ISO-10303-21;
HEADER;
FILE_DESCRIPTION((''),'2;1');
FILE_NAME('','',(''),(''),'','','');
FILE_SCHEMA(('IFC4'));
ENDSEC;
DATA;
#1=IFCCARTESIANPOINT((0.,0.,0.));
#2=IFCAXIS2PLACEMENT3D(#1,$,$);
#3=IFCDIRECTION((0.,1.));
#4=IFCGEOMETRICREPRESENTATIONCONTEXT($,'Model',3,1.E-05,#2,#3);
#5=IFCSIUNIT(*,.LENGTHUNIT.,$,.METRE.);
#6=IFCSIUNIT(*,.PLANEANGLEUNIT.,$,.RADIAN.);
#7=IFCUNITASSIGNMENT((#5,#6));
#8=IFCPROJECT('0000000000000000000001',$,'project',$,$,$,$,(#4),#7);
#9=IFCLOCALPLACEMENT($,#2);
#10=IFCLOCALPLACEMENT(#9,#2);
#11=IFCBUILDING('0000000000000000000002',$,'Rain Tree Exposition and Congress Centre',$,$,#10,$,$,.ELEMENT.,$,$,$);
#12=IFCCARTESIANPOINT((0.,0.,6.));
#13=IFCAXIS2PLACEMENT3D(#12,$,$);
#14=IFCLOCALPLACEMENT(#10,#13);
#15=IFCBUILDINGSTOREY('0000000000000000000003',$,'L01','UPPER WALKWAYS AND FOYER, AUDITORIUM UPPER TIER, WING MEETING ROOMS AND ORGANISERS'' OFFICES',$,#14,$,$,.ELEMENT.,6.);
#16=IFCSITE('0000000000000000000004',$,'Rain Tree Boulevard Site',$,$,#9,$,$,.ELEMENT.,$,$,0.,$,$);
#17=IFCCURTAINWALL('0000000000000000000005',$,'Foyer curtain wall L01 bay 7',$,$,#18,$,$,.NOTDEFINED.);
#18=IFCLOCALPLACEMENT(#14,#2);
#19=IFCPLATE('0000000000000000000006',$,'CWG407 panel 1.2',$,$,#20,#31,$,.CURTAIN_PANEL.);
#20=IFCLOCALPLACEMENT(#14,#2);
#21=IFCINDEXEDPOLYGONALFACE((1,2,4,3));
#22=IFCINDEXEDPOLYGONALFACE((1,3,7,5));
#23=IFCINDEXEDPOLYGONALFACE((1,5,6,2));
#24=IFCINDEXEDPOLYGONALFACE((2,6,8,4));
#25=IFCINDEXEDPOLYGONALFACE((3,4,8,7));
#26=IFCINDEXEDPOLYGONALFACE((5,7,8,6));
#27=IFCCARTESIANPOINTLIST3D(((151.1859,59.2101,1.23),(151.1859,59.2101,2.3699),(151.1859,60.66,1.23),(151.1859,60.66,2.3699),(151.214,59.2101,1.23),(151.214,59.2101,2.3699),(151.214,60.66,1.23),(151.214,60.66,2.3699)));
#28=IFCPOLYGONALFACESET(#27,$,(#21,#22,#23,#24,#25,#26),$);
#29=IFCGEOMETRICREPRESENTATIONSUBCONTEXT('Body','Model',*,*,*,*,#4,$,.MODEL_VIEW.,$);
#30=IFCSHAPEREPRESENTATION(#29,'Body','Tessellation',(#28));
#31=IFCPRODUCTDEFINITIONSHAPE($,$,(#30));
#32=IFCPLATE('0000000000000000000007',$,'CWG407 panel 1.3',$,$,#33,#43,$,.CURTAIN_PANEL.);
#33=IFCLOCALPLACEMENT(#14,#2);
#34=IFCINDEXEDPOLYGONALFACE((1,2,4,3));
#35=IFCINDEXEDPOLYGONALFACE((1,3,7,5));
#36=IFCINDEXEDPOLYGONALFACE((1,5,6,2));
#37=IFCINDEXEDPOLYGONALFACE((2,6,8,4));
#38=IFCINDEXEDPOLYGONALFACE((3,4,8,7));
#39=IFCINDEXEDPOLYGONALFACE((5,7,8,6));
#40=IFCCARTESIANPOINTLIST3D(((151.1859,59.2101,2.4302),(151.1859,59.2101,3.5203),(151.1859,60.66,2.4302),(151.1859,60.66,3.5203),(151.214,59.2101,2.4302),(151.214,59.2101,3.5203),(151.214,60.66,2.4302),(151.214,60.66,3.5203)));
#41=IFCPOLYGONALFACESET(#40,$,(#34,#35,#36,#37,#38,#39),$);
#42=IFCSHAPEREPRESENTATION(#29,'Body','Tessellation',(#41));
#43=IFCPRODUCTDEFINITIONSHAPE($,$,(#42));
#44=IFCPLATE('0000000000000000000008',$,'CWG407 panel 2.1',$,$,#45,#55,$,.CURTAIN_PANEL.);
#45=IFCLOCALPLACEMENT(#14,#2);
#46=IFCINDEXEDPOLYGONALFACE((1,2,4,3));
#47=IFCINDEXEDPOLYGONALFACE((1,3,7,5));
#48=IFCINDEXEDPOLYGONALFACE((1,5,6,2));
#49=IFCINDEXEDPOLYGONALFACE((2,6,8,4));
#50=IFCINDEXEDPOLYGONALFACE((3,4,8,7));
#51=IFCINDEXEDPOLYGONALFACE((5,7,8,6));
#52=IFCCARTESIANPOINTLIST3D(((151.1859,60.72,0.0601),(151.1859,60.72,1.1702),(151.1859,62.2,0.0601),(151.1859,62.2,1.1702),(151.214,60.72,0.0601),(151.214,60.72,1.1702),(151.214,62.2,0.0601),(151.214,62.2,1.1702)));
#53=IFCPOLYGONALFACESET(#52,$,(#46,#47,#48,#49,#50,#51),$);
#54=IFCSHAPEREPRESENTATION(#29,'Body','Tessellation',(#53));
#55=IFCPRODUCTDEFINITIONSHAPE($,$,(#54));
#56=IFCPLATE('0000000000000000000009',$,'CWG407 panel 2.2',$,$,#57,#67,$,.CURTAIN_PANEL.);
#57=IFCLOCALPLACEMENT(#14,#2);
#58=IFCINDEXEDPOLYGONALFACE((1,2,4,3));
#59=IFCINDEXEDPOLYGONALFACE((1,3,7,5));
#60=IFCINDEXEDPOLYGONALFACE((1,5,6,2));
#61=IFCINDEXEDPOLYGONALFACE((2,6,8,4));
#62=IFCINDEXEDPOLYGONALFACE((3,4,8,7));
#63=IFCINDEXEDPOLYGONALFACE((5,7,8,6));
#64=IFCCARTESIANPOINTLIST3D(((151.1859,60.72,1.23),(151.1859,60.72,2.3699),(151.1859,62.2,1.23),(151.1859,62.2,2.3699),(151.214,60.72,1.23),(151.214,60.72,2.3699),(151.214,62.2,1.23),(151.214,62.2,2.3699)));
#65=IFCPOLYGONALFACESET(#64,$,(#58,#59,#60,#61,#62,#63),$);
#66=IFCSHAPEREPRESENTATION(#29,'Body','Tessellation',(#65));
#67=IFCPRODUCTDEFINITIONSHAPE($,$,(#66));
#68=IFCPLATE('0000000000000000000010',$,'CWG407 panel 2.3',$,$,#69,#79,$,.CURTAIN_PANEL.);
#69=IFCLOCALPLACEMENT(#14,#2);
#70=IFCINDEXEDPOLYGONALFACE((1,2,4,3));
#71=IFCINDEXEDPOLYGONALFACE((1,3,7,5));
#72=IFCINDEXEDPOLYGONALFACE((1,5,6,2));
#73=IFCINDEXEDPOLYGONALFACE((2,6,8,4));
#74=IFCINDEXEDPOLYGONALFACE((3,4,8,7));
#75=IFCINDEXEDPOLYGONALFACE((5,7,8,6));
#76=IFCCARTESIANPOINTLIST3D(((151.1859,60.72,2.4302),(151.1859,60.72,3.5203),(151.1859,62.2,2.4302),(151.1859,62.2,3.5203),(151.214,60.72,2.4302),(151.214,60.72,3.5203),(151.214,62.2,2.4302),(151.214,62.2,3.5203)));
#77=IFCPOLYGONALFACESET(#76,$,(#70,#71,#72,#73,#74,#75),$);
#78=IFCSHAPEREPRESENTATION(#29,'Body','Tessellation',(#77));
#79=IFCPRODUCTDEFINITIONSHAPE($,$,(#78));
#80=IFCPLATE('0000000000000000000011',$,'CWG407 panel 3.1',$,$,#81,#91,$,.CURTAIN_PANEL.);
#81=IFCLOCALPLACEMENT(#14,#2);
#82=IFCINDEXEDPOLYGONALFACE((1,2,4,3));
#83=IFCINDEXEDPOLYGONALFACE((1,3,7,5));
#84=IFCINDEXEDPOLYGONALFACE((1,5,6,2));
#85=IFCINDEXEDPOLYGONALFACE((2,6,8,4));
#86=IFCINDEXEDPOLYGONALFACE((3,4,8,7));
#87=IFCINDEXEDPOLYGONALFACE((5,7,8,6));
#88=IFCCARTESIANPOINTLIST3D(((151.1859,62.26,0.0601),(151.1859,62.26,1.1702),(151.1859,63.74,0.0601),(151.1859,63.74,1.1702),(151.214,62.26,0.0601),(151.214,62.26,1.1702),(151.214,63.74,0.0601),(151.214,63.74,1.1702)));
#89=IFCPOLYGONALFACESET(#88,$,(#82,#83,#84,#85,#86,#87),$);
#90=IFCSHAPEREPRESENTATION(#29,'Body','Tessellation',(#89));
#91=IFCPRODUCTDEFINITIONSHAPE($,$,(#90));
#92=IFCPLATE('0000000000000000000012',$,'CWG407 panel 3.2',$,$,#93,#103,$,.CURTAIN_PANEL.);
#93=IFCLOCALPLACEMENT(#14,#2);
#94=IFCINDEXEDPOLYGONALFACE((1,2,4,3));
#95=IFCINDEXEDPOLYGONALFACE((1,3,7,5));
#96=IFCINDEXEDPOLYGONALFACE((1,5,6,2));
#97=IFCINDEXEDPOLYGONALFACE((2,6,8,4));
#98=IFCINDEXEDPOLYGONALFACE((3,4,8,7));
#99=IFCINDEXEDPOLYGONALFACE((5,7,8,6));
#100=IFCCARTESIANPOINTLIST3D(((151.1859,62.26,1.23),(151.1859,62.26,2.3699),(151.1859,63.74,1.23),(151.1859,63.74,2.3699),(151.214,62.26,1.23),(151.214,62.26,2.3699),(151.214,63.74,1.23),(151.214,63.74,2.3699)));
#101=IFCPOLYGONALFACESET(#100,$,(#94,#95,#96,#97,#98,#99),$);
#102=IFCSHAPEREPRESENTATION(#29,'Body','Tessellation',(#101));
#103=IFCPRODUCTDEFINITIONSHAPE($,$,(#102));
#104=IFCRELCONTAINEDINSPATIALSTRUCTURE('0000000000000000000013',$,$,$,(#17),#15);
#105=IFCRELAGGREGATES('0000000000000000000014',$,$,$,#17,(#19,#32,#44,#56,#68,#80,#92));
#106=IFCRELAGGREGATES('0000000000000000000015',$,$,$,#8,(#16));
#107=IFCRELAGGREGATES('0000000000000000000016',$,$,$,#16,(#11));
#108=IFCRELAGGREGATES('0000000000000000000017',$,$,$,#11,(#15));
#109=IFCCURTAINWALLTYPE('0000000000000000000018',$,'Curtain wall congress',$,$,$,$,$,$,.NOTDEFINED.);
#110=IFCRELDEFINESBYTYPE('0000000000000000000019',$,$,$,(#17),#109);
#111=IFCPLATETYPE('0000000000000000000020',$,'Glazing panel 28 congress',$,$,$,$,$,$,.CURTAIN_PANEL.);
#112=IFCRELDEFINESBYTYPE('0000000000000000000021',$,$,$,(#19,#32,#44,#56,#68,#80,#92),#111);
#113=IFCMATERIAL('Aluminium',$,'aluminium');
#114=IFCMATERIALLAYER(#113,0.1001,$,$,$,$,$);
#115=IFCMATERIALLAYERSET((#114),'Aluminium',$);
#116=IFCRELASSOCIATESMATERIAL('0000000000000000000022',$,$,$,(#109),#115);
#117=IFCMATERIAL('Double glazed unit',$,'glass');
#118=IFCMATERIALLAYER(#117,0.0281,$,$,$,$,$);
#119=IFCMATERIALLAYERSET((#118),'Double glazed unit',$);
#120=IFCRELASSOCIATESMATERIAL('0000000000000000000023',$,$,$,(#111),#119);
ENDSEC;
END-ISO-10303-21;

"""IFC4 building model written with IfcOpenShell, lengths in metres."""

from ifc_helpers import new_model, si_unit, direction, frame, origin, origin_2d, place, context, subcontext, project, spatial, rectangle, extrude, material, layer, layer_set, type_object, element, aggregate, save


model = new_model("IFC4")

# Units and contexts
model_context = context("Model", 3, precision=1e-05, world=origin(), true_north=direction((0.0, 1.0)))
body_context = subcontext(model_context, "Body", "Model", "MODEL_VIEW")
ifc_project = project(units=[si_unit("LENGTHUNIT", "METRE"), si_unit("PLANEANGLEUNIT", "RADIAN")], contexts=[model_context])

# Site, building, storey
site_placement = place(None, origin())
site = spatial("IfcSite", under=ifc_project, at=site_placement, Name="Rain Tree Boulevard Site", CompositionType="ELEMENT", RefElevation=0.0)
building_placement = place(site_placement, origin())
building = spatial("IfcBuilding", under=site, at=building_placement, Name="Rain Tree Exposition and Congress Centre", CompositionType="ELEMENT")
storey_placement = place(building_placement, frame((0.0, 0.0, 6.0)))
storey = spatial("IfcBuildingStorey", under=building, at=storey_placement, Name="L01", Description="UPPER WALKWAYS AND FOYER, AUDITORIUM UPPER TIER, WING MEETING ROOMS AND ORGANISERS' OFFICES", CompositionType="ELEMENT", Elevation=6.0)

# Curtain wall
ifc_material_1 = material(Name="Aluminium", Category="aluminium")
ifc_layer_1 = layer(ifc_material_1, 0.1001)
ifc_layer_set_1 = layer_set([ifc_layer_1], Name="Aluminium")
curtain_wall_type = type_object("IfcCurtainWallType", Name="Curtain wall congress", PredefinedType="NOTDEFINED", material=ifc_layer_set_1)
curtain_wall_1_placement = place(storey_placement, origin())
curtain_wall_1 = element("IfcCurtainWall", 1, at=curtain_wall_1_placement, inside=storey, type_object=curtain_wall_type, Name="Foyer curtain wall L01 bay 7", PredefinedType="NOTDEFINED")

# Plates
ifc_material_2 = material(Name="Double glazed unit", Category="glass")
ifc_layer_2 = layer(ifc_material_2, 0.0281)
ifc_layer_set_2 = layer_set([ifc_layer_2], Name="Double glazed unit")
plate_type = type_object("IfcPlateType", Name="Glazing panel 28 congress", PredefinedType="CURTAIN_PANEL", material=ifc_layer_set_2)
plate_1_placement = place(storey_placement, frame((151.2, 59.9351, 1.23), z_axis=(0.0, 0.0, 1.0), x_axis=(0.0, 1.0, 0.0)))
plate_1 = element("IfcPlate", 2, at=plate_1_placement, type_object=plate_type, Name="CWG407 panel 1.2", PredefinedType="CURTAIN_PANEL", context=body_context, shape_type="SweptSolid", body=[
    extrude(rectangle(XDim=1.45, YDim=0.0281, at=origin_2d()), origin(), (0.0, 0.0, 1.0), 1.1399),
])
plate_2_placement = place(storey_placement, frame((151.2, 59.9351, 2.4302), z_axis=(0.0, 0.0, 1.0), x_axis=(0.0, 1.0, 0.0)))
plate_2 = element("IfcPlate", 3, at=plate_2_placement, type_object=plate_type, Name="CWG407 panel 1.3", PredefinedType="CURTAIN_PANEL", context=body_context, shape_type="SweptSolid", body=[
    extrude(rectangle(XDim=1.45, YDim=0.0281, at=origin_2d()), origin(), (0.0, 0.0, 1.0), 1.0901),
])
plate_3_placement = place(storey_placement, frame((151.2, 61.46, 0.0601), z_axis=(0.0, 0.0, 1.0), x_axis=(0.0, 1.0, 0.0)))
plate_3 = element("IfcPlate", 4, at=plate_3_placement, type_object=plate_type, Name="CWG407 panel 2.1", PredefinedType="CURTAIN_PANEL", context=body_context, shape_type="SweptSolid", body=[
    extrude(rectangle(XDim=1.48, YDim=0.0281, at=origin_2d()), origin(), (0.0, 0.0, 1.0), 1.1101),
])
plate_4_placement = place(storey_placement, frame((151.2, 61.46, 1.23), z_axis=(0.0, 0.0, 1.0), x_axis=(0.0, 1.0, 0.0)))
plate_4 = element("IfcPlate", 5, at=plate_4_placement, type_object=plate_type, Name="CWG407 panel 2.2", PredefinedType="CURTAIN_PANEL", context=body_context, shape_type="SweptSolid", body=[
    extrude(rectangle(XDim=1.48, YDim=0.0281, at=origin_2d()), origin(), (0.0, 0.0, 1.0), 1.1399),
])
plate_5_placement = place(storey_placement, frame((151.2, 61.46, 2.4302), z_axis=(0.0, 0.0, 1.0), x_axis=(0.0, 1.0, 0.0)))
plate_5 = element("IfcPlate", 6, at=plate_5_placement, type_object=plate_type, Name="CWG407 panel 2.3", PredefinedType="CURTAIN_PANEL", context=body_context, shape_type="SweptSolid", body=[
    extrude(rectangle(XDim=1.48, YDim=0.0281, at=origin_2d()), origin(), (0.0, 0.0, 1.0), 1.0901),
])
plate_6_placement = place(storey_placement, frame((151.2, 63.0, 0.0601), z_axis=(0.0, 0.0, 1.0), x_axis=(0.0, 1.0, 0.0)))
plate_6 = element("IfcPlate", 7, at=plate_6_placement, type_object=plate_type, Name="CWG407 panel 3.1", PredefinedType="CURTAIN_PANEL", context=body_context, shape_type="SweptSolid", body=[
    extrude(rectangle(XDim=1.48, YDim=0.0281, at=origin_2d()), origin(), (0.0, 0.0, 1.0), 1.1101),
])
plate_7_placement = place(storey_placement, frame((151.2, 63.0, 1.23), z_axis=(0.0, 0.0, 1.0), x_axis=(0.0, 1.0, 0.0)))
plate_7 = element("IfcPlate", 8, at=plate_7_placement, type_object=plate_type, Name="CWG407 panel 3.2", PredefinedType="CURTAIN_PANEL", context=body_context, shape_type="SweptSolid", body=[
    extrude(rectangle(XDim=1.48, YDim=0.0281, at=origin_2d()), origin(), (0.0, 0.0, 1.0), 1.1399),
])
aggregate(curtain_wall_1, [plate_1, plate_2, plate_3, plate_4, plate_5, plate_6, plate_7])

save(model, "model.ifc")
